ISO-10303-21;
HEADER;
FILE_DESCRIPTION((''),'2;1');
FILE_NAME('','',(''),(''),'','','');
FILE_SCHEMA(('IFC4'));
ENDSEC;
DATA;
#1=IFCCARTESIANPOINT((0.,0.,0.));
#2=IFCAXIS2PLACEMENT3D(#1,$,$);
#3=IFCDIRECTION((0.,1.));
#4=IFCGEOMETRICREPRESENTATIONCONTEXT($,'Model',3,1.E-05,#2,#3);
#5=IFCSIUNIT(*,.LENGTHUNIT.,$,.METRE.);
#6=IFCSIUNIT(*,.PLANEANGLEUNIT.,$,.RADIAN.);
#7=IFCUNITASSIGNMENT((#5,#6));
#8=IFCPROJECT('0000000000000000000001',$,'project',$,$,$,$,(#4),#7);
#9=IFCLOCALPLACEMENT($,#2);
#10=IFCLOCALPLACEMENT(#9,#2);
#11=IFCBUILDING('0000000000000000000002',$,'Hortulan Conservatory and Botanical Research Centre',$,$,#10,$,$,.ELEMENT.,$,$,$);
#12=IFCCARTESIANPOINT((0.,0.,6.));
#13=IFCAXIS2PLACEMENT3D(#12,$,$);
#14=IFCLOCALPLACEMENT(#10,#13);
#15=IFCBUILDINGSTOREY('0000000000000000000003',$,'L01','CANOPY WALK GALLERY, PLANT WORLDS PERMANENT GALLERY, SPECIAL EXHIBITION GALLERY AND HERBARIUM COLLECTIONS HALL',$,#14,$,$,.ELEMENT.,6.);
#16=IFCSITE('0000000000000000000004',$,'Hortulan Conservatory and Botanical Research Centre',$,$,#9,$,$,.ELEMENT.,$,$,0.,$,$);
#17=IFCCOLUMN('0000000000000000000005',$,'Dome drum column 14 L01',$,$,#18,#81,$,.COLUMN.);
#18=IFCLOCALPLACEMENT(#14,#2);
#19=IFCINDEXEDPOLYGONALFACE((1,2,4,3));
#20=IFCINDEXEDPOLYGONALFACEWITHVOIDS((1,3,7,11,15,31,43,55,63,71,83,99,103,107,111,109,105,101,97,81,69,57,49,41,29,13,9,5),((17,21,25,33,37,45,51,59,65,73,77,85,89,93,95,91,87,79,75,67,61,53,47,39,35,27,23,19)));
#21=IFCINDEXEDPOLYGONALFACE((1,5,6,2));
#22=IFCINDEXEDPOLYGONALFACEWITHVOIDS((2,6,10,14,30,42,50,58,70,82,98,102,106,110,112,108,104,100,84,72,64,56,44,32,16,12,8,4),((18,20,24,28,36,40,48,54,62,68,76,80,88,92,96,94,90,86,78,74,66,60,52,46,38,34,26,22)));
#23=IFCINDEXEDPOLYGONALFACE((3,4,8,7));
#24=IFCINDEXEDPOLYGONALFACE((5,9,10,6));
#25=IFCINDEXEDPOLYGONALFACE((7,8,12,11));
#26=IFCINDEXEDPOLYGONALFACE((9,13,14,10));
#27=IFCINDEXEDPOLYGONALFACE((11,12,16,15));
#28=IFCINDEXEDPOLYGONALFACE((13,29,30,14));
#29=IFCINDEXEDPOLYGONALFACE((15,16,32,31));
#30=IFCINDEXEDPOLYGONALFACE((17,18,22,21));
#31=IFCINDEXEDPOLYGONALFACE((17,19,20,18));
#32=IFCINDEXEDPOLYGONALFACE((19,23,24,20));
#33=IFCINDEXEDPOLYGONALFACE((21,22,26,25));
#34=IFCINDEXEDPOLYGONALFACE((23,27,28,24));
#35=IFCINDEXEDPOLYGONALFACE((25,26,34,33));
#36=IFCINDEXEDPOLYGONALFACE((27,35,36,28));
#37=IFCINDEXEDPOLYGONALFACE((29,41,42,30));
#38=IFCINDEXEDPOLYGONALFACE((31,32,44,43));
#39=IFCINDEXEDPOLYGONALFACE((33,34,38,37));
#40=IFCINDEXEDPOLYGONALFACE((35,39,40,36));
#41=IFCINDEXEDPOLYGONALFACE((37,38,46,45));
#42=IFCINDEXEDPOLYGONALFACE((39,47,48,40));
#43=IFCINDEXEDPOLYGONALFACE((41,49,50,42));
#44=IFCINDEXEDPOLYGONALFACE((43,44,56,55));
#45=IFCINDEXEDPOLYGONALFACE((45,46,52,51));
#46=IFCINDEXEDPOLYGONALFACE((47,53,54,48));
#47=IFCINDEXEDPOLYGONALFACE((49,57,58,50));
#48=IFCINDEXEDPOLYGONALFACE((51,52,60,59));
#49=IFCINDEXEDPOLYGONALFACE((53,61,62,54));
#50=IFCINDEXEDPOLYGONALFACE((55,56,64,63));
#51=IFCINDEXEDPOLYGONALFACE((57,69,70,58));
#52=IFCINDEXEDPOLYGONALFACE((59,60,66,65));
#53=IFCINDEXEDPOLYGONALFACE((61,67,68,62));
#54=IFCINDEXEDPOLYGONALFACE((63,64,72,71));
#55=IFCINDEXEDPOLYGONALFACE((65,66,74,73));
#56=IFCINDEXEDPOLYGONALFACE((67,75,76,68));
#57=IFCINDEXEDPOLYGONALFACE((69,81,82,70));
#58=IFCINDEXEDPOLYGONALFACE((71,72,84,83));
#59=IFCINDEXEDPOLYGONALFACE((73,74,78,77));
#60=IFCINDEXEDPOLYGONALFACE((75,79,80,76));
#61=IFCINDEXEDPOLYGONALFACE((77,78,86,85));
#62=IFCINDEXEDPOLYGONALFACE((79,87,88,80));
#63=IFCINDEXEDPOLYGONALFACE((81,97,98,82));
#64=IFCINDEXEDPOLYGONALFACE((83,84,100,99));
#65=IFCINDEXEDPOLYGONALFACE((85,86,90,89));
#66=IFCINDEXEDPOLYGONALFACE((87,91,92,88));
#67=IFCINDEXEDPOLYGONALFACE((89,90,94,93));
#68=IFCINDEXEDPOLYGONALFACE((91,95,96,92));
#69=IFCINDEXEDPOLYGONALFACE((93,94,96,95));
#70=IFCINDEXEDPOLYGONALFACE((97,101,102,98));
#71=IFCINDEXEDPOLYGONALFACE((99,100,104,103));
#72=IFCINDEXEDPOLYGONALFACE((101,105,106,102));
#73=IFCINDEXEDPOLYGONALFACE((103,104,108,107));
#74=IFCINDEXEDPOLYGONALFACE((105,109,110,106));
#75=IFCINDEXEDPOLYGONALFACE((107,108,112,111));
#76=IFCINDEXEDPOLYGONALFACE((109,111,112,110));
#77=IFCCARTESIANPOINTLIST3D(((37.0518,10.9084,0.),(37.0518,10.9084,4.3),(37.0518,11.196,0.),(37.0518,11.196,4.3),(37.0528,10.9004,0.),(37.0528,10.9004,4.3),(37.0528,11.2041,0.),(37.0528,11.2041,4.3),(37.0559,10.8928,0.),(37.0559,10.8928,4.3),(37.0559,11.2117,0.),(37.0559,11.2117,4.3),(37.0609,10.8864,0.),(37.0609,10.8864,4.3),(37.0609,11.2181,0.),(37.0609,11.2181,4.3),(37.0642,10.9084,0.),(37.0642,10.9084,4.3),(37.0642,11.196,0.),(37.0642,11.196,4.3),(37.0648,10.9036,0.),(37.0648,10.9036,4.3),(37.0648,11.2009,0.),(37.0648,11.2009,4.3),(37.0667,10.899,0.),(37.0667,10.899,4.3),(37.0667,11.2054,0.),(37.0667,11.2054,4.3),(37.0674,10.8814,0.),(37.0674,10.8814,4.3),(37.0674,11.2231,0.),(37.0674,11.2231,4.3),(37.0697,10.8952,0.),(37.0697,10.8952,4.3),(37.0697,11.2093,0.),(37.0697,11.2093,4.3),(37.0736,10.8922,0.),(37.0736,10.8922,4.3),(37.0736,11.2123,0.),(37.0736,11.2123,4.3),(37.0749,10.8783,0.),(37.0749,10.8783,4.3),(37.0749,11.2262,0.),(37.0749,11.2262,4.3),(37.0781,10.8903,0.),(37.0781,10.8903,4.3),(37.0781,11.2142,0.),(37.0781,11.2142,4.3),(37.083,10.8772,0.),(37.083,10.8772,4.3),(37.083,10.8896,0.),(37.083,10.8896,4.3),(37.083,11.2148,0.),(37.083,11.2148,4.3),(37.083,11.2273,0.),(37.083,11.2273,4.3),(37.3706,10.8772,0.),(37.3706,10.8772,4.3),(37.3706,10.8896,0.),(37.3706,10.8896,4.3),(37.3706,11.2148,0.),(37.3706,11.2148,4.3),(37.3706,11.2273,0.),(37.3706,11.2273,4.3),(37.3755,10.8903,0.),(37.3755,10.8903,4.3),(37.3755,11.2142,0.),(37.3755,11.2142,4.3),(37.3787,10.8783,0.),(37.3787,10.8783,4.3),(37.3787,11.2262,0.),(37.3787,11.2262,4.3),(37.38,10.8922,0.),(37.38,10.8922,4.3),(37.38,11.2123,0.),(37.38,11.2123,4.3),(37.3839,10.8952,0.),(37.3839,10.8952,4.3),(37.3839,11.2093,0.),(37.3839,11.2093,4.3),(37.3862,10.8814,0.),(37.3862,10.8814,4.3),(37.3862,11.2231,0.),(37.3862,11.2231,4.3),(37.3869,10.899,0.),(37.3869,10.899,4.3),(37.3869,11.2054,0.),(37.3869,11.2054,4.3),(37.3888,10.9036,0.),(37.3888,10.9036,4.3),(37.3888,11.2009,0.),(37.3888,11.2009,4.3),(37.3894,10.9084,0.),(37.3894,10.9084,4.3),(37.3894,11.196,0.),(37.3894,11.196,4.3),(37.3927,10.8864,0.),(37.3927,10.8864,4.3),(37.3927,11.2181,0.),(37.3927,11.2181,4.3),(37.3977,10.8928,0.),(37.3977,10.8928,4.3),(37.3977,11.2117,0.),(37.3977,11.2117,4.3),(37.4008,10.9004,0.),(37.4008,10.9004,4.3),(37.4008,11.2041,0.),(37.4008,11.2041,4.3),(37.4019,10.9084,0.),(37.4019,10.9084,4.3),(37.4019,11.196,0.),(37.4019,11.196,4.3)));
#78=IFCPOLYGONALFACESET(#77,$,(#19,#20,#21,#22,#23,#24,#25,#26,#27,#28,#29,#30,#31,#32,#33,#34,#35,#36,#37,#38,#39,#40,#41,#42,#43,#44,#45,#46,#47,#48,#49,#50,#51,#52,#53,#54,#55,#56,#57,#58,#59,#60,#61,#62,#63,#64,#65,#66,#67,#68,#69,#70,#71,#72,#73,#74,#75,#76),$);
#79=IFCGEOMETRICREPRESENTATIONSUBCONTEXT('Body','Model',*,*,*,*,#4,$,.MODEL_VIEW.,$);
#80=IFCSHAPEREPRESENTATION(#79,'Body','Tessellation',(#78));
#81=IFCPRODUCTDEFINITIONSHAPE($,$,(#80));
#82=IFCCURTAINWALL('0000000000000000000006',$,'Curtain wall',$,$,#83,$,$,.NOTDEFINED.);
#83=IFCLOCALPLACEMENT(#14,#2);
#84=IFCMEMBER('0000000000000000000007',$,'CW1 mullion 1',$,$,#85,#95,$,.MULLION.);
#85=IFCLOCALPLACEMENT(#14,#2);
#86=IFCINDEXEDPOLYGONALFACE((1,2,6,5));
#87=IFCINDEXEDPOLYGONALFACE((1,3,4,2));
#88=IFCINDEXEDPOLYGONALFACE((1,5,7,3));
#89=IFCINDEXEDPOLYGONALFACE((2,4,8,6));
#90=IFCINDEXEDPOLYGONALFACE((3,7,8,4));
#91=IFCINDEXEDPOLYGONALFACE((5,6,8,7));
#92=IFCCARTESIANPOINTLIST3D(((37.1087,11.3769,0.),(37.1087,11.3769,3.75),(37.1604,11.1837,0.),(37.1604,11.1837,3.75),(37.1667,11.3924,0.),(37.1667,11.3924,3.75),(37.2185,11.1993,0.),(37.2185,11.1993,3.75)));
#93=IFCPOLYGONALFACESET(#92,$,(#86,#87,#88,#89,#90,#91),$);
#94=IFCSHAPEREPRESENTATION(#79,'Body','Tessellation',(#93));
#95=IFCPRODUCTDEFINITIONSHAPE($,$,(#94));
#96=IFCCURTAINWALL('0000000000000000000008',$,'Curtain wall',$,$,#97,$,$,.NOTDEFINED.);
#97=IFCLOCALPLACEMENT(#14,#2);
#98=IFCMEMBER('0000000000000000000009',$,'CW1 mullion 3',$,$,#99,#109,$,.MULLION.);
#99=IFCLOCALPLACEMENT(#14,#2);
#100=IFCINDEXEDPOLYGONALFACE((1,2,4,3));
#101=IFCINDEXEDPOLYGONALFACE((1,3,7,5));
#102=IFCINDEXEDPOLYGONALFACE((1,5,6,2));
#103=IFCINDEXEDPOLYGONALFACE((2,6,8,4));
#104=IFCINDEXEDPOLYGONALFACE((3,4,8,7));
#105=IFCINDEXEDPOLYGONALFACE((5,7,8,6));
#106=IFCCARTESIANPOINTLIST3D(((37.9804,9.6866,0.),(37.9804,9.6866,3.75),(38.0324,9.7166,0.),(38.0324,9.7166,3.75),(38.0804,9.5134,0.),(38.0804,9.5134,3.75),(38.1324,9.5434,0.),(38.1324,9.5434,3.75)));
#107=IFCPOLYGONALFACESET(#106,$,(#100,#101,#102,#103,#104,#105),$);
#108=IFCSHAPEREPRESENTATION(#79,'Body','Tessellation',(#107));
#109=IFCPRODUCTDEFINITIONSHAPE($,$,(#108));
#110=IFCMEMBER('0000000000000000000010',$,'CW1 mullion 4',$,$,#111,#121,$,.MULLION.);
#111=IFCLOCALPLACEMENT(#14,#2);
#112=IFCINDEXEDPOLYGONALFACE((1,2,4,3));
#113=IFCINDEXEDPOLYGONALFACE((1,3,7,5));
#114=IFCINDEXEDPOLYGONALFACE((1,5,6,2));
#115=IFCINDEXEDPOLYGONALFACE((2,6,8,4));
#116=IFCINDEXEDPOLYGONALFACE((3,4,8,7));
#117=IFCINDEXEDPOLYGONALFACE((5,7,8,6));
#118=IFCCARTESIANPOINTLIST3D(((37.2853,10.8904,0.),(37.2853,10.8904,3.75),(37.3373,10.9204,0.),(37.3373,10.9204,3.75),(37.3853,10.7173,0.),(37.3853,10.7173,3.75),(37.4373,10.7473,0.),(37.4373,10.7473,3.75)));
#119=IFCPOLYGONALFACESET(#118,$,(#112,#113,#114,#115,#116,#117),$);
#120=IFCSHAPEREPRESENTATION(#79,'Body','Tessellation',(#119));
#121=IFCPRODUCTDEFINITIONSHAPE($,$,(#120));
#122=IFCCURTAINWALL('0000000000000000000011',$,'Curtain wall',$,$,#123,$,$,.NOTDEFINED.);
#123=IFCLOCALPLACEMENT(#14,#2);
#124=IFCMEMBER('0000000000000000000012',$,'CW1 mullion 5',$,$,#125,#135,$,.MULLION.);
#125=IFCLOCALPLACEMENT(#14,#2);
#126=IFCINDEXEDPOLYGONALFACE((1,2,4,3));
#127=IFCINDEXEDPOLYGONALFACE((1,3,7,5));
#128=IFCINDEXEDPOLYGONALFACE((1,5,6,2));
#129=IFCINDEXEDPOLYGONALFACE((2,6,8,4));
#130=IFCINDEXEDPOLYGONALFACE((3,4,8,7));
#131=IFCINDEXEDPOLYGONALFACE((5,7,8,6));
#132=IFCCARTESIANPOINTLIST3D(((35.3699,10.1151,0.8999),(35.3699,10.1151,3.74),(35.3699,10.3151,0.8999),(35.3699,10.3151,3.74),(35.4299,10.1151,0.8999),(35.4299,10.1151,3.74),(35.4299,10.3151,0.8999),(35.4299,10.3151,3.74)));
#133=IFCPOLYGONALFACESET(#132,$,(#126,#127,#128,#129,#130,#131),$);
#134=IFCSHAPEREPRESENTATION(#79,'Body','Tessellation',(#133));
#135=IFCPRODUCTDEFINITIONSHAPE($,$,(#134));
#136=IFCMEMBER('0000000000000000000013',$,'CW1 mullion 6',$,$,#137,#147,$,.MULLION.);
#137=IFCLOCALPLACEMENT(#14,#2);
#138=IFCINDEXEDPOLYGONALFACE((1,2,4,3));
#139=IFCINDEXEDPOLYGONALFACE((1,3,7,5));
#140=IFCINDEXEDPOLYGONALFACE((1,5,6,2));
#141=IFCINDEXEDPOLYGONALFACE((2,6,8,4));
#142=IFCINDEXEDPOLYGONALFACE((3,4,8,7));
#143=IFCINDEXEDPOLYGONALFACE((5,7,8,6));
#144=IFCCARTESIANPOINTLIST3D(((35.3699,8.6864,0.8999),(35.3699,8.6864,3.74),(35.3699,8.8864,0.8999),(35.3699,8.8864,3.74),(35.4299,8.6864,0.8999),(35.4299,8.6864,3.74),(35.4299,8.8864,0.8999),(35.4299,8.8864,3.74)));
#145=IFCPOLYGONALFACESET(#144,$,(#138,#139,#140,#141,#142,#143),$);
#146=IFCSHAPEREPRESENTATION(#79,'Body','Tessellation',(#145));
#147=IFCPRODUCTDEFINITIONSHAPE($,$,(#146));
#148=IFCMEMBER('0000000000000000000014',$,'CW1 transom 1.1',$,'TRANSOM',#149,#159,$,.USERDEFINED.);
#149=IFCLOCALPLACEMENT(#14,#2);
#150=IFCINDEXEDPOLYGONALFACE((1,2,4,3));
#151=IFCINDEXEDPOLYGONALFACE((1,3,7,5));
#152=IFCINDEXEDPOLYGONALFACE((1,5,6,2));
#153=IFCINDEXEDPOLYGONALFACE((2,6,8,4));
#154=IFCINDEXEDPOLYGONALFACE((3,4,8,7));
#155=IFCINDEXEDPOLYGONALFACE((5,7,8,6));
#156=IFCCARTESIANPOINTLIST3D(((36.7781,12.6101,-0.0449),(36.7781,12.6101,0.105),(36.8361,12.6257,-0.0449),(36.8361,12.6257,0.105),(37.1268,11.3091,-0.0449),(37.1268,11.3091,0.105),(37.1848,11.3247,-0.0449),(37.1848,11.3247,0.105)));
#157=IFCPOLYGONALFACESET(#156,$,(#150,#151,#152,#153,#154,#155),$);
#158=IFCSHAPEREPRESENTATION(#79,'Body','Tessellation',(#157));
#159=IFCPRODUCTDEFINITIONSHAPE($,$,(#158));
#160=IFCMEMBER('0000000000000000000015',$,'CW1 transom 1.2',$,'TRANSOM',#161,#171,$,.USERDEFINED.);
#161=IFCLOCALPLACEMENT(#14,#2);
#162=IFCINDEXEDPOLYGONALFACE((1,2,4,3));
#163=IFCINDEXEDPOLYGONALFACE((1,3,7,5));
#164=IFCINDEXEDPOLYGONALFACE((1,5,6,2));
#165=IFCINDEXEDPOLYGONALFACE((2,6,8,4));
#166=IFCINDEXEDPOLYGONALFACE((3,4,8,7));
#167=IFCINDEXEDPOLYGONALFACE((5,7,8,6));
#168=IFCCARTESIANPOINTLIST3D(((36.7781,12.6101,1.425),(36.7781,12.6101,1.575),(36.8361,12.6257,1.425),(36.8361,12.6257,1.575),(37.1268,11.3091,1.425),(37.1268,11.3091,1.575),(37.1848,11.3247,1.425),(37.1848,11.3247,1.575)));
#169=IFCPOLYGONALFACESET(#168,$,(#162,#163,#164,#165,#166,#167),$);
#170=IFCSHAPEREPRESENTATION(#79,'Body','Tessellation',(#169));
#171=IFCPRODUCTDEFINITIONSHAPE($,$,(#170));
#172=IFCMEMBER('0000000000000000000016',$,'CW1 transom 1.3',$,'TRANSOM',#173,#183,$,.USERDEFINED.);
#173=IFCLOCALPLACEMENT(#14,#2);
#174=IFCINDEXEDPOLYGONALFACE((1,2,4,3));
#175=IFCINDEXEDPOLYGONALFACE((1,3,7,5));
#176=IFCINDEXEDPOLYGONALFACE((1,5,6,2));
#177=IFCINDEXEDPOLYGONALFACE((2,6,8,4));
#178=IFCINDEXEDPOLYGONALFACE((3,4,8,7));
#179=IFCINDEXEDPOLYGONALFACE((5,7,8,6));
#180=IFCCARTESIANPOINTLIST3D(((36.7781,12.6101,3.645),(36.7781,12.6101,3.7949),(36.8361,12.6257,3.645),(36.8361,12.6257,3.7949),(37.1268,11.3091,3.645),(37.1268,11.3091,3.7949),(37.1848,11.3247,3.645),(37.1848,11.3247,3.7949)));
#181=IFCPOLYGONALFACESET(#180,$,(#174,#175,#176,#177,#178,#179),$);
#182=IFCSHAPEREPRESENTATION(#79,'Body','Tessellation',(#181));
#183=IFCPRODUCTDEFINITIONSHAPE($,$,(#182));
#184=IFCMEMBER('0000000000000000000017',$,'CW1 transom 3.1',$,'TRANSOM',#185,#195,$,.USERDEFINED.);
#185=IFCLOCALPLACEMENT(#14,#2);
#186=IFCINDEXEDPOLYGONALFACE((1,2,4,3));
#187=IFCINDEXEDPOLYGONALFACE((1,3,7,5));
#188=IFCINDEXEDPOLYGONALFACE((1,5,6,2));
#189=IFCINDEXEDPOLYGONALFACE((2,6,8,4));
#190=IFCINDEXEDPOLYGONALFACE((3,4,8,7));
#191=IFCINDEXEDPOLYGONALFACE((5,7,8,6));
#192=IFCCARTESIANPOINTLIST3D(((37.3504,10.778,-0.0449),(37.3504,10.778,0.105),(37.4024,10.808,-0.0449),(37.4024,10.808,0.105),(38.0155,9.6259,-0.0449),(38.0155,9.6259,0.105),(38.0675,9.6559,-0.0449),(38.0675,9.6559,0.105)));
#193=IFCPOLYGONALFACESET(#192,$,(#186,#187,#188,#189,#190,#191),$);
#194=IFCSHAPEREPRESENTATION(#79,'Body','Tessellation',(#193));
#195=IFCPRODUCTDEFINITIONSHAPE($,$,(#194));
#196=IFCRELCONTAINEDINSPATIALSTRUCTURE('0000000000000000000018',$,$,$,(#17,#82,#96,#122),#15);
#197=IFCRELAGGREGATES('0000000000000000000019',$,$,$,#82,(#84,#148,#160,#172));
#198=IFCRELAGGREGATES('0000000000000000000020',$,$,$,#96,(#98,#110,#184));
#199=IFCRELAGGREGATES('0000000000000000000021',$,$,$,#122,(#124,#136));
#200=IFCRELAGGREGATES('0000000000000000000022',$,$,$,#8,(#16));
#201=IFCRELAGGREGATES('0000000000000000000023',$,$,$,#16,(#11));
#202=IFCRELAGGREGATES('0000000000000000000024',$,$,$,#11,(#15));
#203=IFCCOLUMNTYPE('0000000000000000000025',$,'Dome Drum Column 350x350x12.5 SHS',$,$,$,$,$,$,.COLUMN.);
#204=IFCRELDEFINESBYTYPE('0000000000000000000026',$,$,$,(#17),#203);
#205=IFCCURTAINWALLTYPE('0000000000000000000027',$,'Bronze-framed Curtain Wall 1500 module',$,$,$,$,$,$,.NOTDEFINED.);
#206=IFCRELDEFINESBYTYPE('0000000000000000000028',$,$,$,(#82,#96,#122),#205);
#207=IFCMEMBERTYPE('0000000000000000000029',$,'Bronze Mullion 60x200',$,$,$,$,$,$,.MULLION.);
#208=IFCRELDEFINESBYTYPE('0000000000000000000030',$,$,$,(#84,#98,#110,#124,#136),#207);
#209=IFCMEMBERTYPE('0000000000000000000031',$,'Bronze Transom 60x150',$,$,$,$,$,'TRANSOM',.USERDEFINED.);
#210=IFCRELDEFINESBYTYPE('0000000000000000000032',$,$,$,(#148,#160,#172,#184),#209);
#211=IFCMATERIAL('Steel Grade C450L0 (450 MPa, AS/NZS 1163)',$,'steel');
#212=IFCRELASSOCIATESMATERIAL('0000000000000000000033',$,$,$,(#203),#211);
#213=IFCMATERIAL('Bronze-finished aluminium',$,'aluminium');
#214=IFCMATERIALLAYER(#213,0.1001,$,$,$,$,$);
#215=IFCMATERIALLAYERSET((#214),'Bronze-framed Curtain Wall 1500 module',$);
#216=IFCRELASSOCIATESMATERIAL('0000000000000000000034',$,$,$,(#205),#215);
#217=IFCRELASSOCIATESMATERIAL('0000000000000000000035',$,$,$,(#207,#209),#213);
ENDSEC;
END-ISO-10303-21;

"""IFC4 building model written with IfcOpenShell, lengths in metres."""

from ifc_helpers import new_model, si_unit, direction, frame, origin, origin_2d, place, context, subcontext, project, spatial, rectangle, hollow_rectangle, extrude, material, layer, layer_set, material_profile, profile_set, type_object, element, aggregate, save


model = new_model("IFC4")

# Units and contexts
model_context = context("Model", 3, precision=1e-05, world=origin(), true_north=direction((0.0, 1.0)))
body_context = subcontext(model_context, "Body", "Model", "MODEL_VIEW")
ifc_project = project(units=[si_unit("LENGTHUNIT", "METRE"), si_unit("PLANEANGLEUNIT", "RADIAN")], contexts=[model_context])

# Site, building, storey
site_placement = place(None, origin())
site = spatial("IfcSite", under=ifc_project, at=site_placement, Name="Hortulan Conservatory and Botanical Research Centre", CompositionType="ELEMENT", RefElevation=0.0)
building_placement = place(site_placement, origin())
building = spatial("IfcBuilding", under=site, at=building_placement, Name="Hortulan Conservatory and Botanical Research Centre", CompositionType="ELEMENT")
storey_placement = place(building_placement, frame((0.0, 0.0, 6.0)))
storey = spatial("IfcBuildingStorey", under=building, at=storey_placement, Name="L01", Description="CANOPY WALK GALLERY, PLANT WORLDS PERMANENT GALLERY, SPECIAL EXHIBITION GALLERY AND HERBARIUM COLLECTIONS HALL", CompositionType="ELEMENT", Elevation=6.0)

# Column
ifc_material_1 = material(Name="Steel Grade C450L0 (450 MPa, AS/NZS 1163)", Category="steel")
ifc_material_profile_1 = material_profile(ifc_material_1, hollow_rectangle(XDim=0.3501, YDim=0.3501, WallThickness=0.0125, InnerFilletRadius=0.0188, OuterFilletRadius=0.0312, at=origin_2d()), Name="350x350x12.5SHS")
ifc_profile_set_1 = profile_set([ifc_material_profile_1], Name="Steel Grade C450L0 (450 MPa, AS/NZS 1163)")
column_type = type_object("IfcColumnType", Name="Dome Drum Column 350x350x12.5 SHS", PredefinedType="COLUMN", material=ifc_profile_set_1)
column_placement = place(storey_placement, frame((37.2268, 11.0522, 0.0), z_axis=(0.0, 0.0, 1.0), x_axis=(1.0, 0.0, 0.0)))
element("IfcColumn", 1, at=column_placement, inside=storey, type_object=column_type, Name="Dome drum column 14 L01", PredefinedType="COLUMN", context=body_context, shape_type="SweptSolid", body=[
    extrude(hollow_rectangle(XDim=0.3501, YDim=0.3501, WallThickness=0.0125, InnerFilletRadius=0.0188, OuterFilletRadius=0.0312, at=origin_2d()), origin(), (0.0, 0.0, 1.0), 4.3),
])

# Curtain wall, member
ifc_material_2 = material(Name="Bronze-finished aluminium", Category="aluminium")
ifc_layer_1 = layer(ifc_material_2, 0.1001)
ifc_layer_set_1 = layer_set([ifc_layer_1], Name="Bronze-framed Curtain Wall 1500 module")
curtain_wall_type = type_object("IfcCurtainWallType", Name="Bronze-framed Curtain Wall 1500 module", PredefinedType="NOTDEFINED", material=ifc_layer_set_1)
curtain_wall_1_placement = place(storey_placement, origin())
curtain_wall_1 = element("IfcCurtainWall", 2, at=curtain_wall_1_placement, inside=storey, type_object=curtain_wall_type, Name="Curtain wall", PredefinedType="NOTDEFINED")
ifc_material_profile_2 = material_profile(ifc_material_2, rectangle(XDim=0.0601, YDim=0.2, at=origin_2d()), Name="Bronze Mullion 60x200")
ifc_profile_set_2 = profile_set([ifc_material_profile_2], Name="Bronze-finished aluminium")
member_type_1 = type_object("IfcMemberType", Name="Bronze Mullion 60x200", PredefinedType="MULLION", material=ifc_profile_set_2)
member_1_placement = place(storey_placement, frame((37.1636, 11.2881, 0.0), z_axis=(0.0, 0.0, 1.0), x_axis=(-0.965922, -0.258832, 0.0)))
member_1 = element("IfcMember", 3, at=member_1_placement, type_object=member_type_1, Name="CW1 mullion 1", PredefinedType="MULLION", context=body_context, shape_type="SweptSolid", body=[
    extrude(rectangle(XDim=0.0601, YDim=0.2, at=origin_2d()), origin(), (0.0, 0.0, 1.0), 3.75),
])

# Curtain walls, members
curtain_wall_2_placement = place(storey_placement, origin())
curtain_wall_2 = element("IfcCurtainWall", 4, at=curtain_wall_2_placement, inside=storey, type_object=curtain_wall_type, Name="Curtain wall", PredefinedType="NOTDEFINED")
member_2_placement = place(storey_placement, frame((38.0564, 9.615, 0.0), z_axis=(0.0, 0.0, 1.0), x_axis=(-0.866036, -0.499981, 0.0)))
member_2 = element("IfcMember", 5, at=member_2_placement, type_object=member_type_1, Name="CW1 mullion 3", PredefinedType="MULLION", context=body_context, shape_type="SweptSolid", body=[
    extrude(rectangle(XDim=0.0601, YDim=0.2, at=origin_2d()), origin(), (0.0, 0.0, 1.0), 3.75),
])
member_3_placement = place(storey_placement, frame((37.3613, 10.8188, 0.0), z_axis=(0.0, 0.0, 1.0), x_axis=(-0.866036, -0.499981, 0.0)))
member_3 = element("IfcMember", 6, at=member_3_placement, type_object=member_type_1, Name="CW1 mullion 4", PredefinedType="MULLION", context=body_context, shape_type="SweptSolid", body=[
    extrude(rectangle(XDim=0.0601, YDim=0.2, at=origin_2d()), origin(), (0.0, 0.0, 1.0), 3.75),
])
curtain_wall_3_placement = place(storey_placement, origin())
curtain_wall_3 = element("IfcCurtainWall", 7, at=curtain_wall_3_placement, inside=storey, type_object=curtain_wall_type, Name="Curtain wall", PredefinedType="NOTDEFINED")
member_4_placement = place(storey_placement, frame((35.3999, 10.2151, 0.8999), z_axis=(0.0, 0.0, 1.0), x_axis=(1.0, 0.0, 0.0)))
member_4 = element("IfcMember", 8, at=member_4_placement, type_object=member_type_1, Name="CW1 mullion 5", PredefinedType="MULLION", context=body_context, shape_type="SweptSolid", body=[
    extrude(rectangle(XDim=0.0601, YDim=0.2, at=origin_2d()), origin(), (0.0, 0.0, 1.0), 2.8401),
])
member_5_placement = place(storey_placement, frame((35.3999, 8.7864, 0.8999), z_axis=(0.0, 0.0, 1.0), x_axis=(1.0, 0.0, 0.0)))
member_5 = element("IfcMember", 9, at=member_5_placement, type_object=member_type_1, Name="CW1 mullion 6", PredefinedType="MULLION", context=body_context, shape_type="SweptSolid", body=[
    extrude(rectangle(XDim=0.0601, YDim=0.2, at=origin_2d()), origin(), (0.0, 0.0, 1.0), 2.8401),
])

# Members
ifc_material_profile_3 = material_profile(ifc_material_2, rectangle(XDim=0.0601, YDim=0.1499, at=origin_2d()), Name="Bronze Transom 60x150")
ifc_profile_set_3 = profile_set([ifc_material_profile_3], Name="Bronze-finished aluminium")
member_type_2 = type_object("IfcMemberType", Name="Bronze Transom 60x150", ElementType="TRANSOM", PredefinedType="USERDEFINED", material=ifc_profile_set_3)
member_6_placement = place(storey_placement, frame((37.1558, 11.3169, 0.03), z_axis=(-0.258836, 0.965921, 0.0), x_axis=(-0.965921, -0.258836, 0.0)))
member_6 = element("IfcMember", 10, at=member_6_placement, type_object=member_type_2, Name="CW1 transom 1.1", ObjectType="TRANSOM", PredefinedType="USERDEFINED", context=body_context, shape_type="SweptSolid", body=[
    extrude(rectangle(XDim=0.0601, YDim=0.1499, at=origin_2d()), origin(), (0.0, 0.0, 1.0), 1.3469),
])
member_7_placement = place(storey_placement, frame((37.1558, 11.3169, 1.5), z_axis=(-0.258836, 0.965921, 0.0), x_axis=(-0.965921, -0.258836, 0.0)))
member_7 = element("IfcMember", 11, at=member_7_placement, type_object=member_type_2, Name="CW1 transom 1.2", ObjectType="TRANSOM", PredefinedType="USERDEFINED", context=body_context, shape_type="SweptSolid", body=[
    extrude(rectangle(XDim=0.0601, YDim=0.1499, at=origin_2d()), origin(), (0.0, 0.0, 1.0), 1.3469),
])
member_8_placement = place(storey_placement, frame((37.1558, 11.3169, 3.72), z_axis=(-0.258836, 0.965921, 0.0), x_axis=(-0.965921, -0.258836, 0.0)))
member_8 = element("IfcMember", 12, at=member_8_placement, type_object=member_type_2, Name="CW1 transom 1.3", ObjectType="TRANSOM", PredefinedType="USERDEFINED", context=body_context, shape_type="SweptSolid", body=[
    extrude(rectangle(XDim=0.0601, YDim=0.1499, at=origin_2d()), origin(), (0.0, 0.0, 1.0), 1.3469),
])
aggregate(curtain_wall_1, [member_1, member_6, member_7, member_8])
member_9_placement = place(storey_placement, frame((38.0415, 9.6409, 0.03), z_axis=(-0.499929, 0.866066, 0.0), x_axis=(-0.866066, -0.499929, 0.0)))
member_9 = element("IfcMember", 13, at=member_9_placement, type_object=member_type_2, Name="CW1 transom 3.1", ObjectType="TRANSOM", PredefinedType="USERDEFINED", context=body_context, shape_type="SweptSolid", body=[
    extrude(rectangle(XDim=0.0601, YDim=0.1499, at=origin_2d()), origin(), (0.0, 0.0, 1.0), 1.3303),
])

aggregate(curtain_wall_2, [member_2, member_3, member_9])
aggregate(curtain_wall_3, [member_4, member_5])

save(model, "model.ifc")
